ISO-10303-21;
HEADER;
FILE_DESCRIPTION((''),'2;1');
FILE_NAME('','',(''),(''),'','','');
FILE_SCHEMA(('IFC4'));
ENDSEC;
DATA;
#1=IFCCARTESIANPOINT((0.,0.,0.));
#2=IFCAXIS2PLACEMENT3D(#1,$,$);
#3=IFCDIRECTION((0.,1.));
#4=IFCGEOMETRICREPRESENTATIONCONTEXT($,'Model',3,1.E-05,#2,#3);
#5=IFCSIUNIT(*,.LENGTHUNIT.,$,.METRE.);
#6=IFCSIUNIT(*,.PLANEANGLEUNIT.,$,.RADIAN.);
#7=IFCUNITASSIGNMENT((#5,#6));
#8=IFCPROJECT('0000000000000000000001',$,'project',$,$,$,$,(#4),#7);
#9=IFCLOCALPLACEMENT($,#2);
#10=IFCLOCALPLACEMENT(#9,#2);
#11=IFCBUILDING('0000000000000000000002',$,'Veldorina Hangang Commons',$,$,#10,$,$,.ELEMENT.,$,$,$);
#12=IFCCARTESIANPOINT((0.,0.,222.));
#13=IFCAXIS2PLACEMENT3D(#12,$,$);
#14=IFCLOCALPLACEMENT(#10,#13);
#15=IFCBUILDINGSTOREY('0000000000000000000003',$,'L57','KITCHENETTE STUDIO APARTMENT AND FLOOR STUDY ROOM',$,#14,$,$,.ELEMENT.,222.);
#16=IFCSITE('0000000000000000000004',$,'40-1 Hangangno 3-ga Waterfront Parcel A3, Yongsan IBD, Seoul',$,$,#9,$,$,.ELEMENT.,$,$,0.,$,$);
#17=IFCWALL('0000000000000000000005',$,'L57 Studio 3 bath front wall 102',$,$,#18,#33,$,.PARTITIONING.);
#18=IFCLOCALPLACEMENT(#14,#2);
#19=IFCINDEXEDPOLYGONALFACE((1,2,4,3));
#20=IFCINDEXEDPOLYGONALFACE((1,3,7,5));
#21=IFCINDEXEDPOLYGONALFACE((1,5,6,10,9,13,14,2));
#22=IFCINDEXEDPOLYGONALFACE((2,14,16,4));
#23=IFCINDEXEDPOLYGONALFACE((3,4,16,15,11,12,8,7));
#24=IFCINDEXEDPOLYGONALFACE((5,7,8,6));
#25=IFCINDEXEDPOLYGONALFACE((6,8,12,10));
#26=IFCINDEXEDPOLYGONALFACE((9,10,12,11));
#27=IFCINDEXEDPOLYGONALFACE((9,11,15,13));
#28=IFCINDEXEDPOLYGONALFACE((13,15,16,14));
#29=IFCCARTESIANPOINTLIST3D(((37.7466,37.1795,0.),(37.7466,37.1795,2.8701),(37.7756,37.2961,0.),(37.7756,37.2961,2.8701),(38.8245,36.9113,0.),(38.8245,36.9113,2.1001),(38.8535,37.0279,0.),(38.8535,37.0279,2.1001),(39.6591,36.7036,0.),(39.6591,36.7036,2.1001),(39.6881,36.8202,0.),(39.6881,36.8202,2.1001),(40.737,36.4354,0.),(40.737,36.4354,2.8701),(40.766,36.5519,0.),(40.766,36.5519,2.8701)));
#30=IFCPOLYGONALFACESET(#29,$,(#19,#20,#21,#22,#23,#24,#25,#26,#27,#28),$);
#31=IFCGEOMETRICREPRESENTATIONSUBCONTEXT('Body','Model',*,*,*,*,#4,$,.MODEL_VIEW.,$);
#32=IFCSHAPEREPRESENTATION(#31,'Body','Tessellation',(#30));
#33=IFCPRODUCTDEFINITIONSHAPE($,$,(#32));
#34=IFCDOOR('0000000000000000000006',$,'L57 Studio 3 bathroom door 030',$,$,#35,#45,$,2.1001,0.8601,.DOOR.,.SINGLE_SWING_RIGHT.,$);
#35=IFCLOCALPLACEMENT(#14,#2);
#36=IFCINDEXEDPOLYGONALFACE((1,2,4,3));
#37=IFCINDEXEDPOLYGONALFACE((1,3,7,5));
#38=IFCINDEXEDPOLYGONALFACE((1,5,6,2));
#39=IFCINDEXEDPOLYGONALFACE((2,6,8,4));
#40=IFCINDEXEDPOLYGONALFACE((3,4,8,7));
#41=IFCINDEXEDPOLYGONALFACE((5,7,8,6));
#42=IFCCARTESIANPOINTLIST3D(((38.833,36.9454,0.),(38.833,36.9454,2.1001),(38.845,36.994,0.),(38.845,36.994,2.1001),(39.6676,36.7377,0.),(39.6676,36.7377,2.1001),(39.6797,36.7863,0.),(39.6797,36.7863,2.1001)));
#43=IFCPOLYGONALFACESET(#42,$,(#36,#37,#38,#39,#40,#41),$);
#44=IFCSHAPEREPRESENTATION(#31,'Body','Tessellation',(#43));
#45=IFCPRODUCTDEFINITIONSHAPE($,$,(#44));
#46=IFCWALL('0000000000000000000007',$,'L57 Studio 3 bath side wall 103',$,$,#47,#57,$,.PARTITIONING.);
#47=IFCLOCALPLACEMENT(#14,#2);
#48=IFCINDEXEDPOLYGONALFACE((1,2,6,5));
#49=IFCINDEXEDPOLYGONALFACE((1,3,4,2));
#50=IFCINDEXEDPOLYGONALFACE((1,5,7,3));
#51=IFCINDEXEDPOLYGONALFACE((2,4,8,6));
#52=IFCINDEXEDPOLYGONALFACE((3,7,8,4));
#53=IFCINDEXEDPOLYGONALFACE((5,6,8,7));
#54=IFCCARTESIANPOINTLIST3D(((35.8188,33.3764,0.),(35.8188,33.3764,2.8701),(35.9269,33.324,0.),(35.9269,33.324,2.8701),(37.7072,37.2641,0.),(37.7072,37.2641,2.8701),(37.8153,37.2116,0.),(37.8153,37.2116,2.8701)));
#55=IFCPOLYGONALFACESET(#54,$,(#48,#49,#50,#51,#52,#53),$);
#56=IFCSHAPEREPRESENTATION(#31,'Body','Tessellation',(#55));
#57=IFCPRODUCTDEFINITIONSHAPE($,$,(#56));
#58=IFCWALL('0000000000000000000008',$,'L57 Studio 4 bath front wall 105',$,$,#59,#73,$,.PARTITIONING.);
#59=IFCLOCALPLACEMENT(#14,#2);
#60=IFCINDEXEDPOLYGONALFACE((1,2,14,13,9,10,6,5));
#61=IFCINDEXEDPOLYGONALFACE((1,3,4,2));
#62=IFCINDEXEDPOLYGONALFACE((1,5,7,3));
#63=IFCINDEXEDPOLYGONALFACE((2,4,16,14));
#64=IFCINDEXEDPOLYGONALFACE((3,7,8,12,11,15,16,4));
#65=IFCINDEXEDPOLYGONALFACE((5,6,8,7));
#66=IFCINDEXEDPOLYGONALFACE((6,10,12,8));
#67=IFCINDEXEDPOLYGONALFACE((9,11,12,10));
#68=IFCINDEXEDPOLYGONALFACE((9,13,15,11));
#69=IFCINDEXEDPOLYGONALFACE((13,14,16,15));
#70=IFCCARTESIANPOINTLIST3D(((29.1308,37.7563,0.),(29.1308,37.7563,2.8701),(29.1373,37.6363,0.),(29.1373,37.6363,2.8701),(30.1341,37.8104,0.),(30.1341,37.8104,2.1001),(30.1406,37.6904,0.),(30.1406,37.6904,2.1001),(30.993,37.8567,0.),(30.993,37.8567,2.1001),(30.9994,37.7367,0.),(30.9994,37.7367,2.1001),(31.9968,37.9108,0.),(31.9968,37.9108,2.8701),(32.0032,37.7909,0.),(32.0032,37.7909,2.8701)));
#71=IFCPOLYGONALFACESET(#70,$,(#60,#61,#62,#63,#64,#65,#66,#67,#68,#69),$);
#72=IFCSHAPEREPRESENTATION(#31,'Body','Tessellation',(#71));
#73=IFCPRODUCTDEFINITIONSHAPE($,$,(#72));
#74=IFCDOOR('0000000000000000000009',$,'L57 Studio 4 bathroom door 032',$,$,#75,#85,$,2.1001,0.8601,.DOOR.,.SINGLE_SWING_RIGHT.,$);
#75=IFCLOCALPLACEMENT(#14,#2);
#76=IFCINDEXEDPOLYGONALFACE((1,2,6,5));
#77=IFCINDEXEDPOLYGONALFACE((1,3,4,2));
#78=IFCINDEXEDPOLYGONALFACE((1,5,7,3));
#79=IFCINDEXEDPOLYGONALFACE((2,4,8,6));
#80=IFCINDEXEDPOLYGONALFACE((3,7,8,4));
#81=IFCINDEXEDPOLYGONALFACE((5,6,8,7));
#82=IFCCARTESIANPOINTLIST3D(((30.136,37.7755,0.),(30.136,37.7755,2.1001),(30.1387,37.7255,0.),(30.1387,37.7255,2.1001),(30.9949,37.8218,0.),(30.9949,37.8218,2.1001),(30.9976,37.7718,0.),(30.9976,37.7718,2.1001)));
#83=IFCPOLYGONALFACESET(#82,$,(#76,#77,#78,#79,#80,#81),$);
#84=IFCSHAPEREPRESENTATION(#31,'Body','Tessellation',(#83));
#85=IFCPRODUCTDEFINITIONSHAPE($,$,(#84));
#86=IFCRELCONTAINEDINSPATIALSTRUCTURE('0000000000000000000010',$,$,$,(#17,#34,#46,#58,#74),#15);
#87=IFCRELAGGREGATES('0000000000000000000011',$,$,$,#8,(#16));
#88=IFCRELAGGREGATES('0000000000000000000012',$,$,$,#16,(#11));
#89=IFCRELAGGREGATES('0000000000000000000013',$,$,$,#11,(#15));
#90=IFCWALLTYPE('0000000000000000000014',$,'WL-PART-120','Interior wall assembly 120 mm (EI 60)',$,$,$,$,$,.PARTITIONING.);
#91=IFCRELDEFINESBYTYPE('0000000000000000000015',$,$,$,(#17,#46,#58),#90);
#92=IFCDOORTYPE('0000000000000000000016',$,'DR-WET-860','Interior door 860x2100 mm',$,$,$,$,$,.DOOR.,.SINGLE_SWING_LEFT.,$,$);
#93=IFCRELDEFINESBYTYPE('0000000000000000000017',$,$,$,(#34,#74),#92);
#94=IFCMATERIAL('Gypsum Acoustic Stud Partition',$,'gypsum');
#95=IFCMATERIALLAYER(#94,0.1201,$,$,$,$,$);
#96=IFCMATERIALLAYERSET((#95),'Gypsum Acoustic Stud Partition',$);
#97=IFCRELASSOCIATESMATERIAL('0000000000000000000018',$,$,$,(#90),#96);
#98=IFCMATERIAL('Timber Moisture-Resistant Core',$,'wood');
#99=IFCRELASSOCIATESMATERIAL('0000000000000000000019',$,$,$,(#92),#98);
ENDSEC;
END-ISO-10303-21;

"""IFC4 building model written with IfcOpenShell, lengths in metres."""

from ifc_helpers import new_model, si_unit, direction, frame, frame_2d, origin, place, context, subcontext, project, spatial, rectangle, extrude, material, layer, layer_set, type_object, element, fill, save


model = new_model("IFC4")

# Units and contexts
model_context = context("Model", 3, precision=1e-05, world=origin(), true_north=direction((0.0, 1.0)))
body_context = subcontext(model_context, "Body", "Model", "MODEL_VIEW")
ifc_project = project(units=[si_unit("LENGTHUNIT", "METRE"), si_unit("PLANEANGLEUNIT", "RADIAN")], contexts=[model_context])

# Site, building, storey
site_placement = place(None, origin())
site = spatial("IfcSite", under=ifc_project, at=site_placement, Name="40-1 Hangangno 3-ga Waterfront Parcel A3, Yongsan IBD, Seoul", CompositionType="ELEMENT", RefElevation=0.0)
building_placement = place(site_placement, origin())
building = spatial("IfcBuilding", under=site, at=building_placement, Name="Veldorina Hangang Commons", CompositionType="ELEMENT")
storey_placement = place(building_placement, frame((0.0, 0.0, 222.0)))
storey = spatial("IfcBuildingStorey", under=building, at=storey_placement, Name="L57", Description="KITCHENETTE STUDIO APARTMENT AND FLOOR STUDY ROOM", CompositionType="ELEMENT", Elevation=222.0)

# Wall, opening, door
ifc_material_1 = material(Name="Gypsum Acoustic Stud Partition", Category="gypsum")
ifc_layer_1 = layer(ifc_material_1, 0.1201)
ifc_layer_set_1 = layer_set([ifc_layer_1], Name="Gypsum Acoustic Stud Partition")
wall_type_1 = type_object("IfcWallType", Name="WL-PART-120", Description="Interior wall assembly 120 mm (EI 60)", PredefinedType="PARTITIONING", material=ifc_layer_set_1)
wall_1_placement = place(storey_placement, frame((40.7515, 36.4937, 0.0), z_axis=(0.0, 0.0, 1.0), x_axis=(-0.970403, 0.241492, 0.0)))
wall_1 = element("IfcWall", 1, at=wall_1_placement, inside=storey, type_object=wall_type_1, Name="L57 Studio 3 bath front wall 102", PredefinedType="PARTITIONING", context=body_context, shape_type="SweptSolid", body=[
    extrude(rectangle(XDim=3.0815, YDim=0.1201, at=frame_2d((1.5408, 0.0))), origin(), (0.0, 0.0, 1.0), 2.8701),
])
opening_1_placement = place(wall_1_placement, frame((1.1106, 0.0, 0.0)))
opening_1 = element("IfcOpeningElement", 2, at=opening_1_placement, cuts=wall_1, PredefinedType="OPENING", context=body_context, shape_type="SweptSolid", body=[
    extrude(rectangle(XDim=0.8601, YDim=2.1001, at=frame_2d((0.4302, 1.05))), frame((0.0, 0.0701, 0.0), z_axis=(0.0, -1.0, 0.0), x_axis=(1.0, 0.0, 0.0)), (0.0, 0.0, 1.0), 0.1401),
])
ifc_material_2 = material(Name="Timber Moisture-Resistant Core", Category="wood")
door_type_1 = type_object("IfcDoorType", Name="DR-WET-860", Description="Interior door 860x2100 mm", OperationType="SINGLE_SWING_LEFT", PredefinedType="DOOR", material=ifc_material_2)
door_1_placement = place(opening_1_placement, origin())
door_1 = element("IfcDoor", 3, at=door_1_placement, inside=storey, type_object=door_type_1, Name="L57 Studio 3 bathroom door 030", OperationType="SINGLE_SWING_RIGHT", OverallHeight=2.1001, OverallWidth=0.8601, PredefinedType="DOOR", context=body_context, shape_type="SweptSolid", body=[
    extrude(rectangle(XDim=0.8601, YDim=2.1001, at=frame_2d((0.4302, 1.05))), frame((0.0, 0.0249, 0.0), z_axis=(0.0, -1.0, 0.0), x_axis=(1.0, 0.0, 0.0)), (0.0, 0.0, 1.0), 0.05),
])
fill(opening_1, door_1)

# Wall
wall_2_placement = place(storey_placement, frame((35.8728, 33.3501, 0.0), z_axis=(0.0, 0.0, 1.0), x_axis=(0.436926, 0.899497, 0.0)))
element("IfcWall", 4, at=wall_2_placement, inside=storey, type_object=wall_type_1, Name="L57 Studio 3 bath side wall 103", PredefinedType="PARTITIONING", context=body_context, shape_type="SweptSolid", body=[
    extrude(rectangle(XDim=4.322, YDim=0.1201, at=frame_2d((2.1611, 0.0))), origin(), (0.0, 0.0, 1.0), 2.8701),
])

# Wall, opening, door
wall_3_placement = place(storey_placement, frame((32.0, 37.8508, 0.0), z_axis=(0.0, 0.0, 1.0), x_axis=(-0.998549, -0.053845, 0.0)))
wall_3 = element("IfcWall", 5, at=wall_3_placement, inside=storey, type_object=wall_type_1, Name="L57 Studio 4 bath front wall 105", PredefinedType="PARTITIONING", context=body_context, shape_type="SweptSolid", body=[
    extrude(rectangle(XDim=2.8701, YDim=0.1201, at=frame_2d((1.4351, 0.0))), origin(), (0.0, 0.0, 1.0), 2.8701),
])
opening_2_placement = place(wall_3_placement, frame((1.0051, 0.0, 0.0)))
opening_2 = element("IfcOpeningElement", 6, at=opening_2_placement, cuts=wall_3, PredefinedType="OPENING", context=body_context, shape_type="SweptSolid", body=[
    extrude(rectangle(XDim=0.8601, YDim=2.1001, at=frame_2d((0.4302, 1.05))), frame((0.0, 0.0701, 0.0), z_axis=(0.0, -1.0, 0.0), x_axis=(1.0, 0.0, 0.0)), (0.0, 0.0, 1.0), 0.1401),
])
door_2_placement = place(opening_2_placement, origin())
door_2 = element("IfcDoor", 7, at=door_2_placement, inside=storey, type_object=door_type_1, Name="L57 Studio 4 bathroom door 032", OperationType="SINGLE_SWING_RIGHT", OverallHeight=2.1001, OverallWidth=0.8601, PredefinedType="DOOR", context=body_context, shape_type="SweptSolid", body=[
    extrude(rectangle(XDim=0.8601, YDim=2.1001, at=frame_2d((0.4302, 1.05))), frame((0.0, 0.0249, 0.0), z_axis=(0.0, -1.0, 0.0), x_axis=(1.0, 0.0, 0.0)), (0.0, 0.0, 1.0), 0.05),
])
fill(opening_2, door_2)

save(model, "model.ifc")
